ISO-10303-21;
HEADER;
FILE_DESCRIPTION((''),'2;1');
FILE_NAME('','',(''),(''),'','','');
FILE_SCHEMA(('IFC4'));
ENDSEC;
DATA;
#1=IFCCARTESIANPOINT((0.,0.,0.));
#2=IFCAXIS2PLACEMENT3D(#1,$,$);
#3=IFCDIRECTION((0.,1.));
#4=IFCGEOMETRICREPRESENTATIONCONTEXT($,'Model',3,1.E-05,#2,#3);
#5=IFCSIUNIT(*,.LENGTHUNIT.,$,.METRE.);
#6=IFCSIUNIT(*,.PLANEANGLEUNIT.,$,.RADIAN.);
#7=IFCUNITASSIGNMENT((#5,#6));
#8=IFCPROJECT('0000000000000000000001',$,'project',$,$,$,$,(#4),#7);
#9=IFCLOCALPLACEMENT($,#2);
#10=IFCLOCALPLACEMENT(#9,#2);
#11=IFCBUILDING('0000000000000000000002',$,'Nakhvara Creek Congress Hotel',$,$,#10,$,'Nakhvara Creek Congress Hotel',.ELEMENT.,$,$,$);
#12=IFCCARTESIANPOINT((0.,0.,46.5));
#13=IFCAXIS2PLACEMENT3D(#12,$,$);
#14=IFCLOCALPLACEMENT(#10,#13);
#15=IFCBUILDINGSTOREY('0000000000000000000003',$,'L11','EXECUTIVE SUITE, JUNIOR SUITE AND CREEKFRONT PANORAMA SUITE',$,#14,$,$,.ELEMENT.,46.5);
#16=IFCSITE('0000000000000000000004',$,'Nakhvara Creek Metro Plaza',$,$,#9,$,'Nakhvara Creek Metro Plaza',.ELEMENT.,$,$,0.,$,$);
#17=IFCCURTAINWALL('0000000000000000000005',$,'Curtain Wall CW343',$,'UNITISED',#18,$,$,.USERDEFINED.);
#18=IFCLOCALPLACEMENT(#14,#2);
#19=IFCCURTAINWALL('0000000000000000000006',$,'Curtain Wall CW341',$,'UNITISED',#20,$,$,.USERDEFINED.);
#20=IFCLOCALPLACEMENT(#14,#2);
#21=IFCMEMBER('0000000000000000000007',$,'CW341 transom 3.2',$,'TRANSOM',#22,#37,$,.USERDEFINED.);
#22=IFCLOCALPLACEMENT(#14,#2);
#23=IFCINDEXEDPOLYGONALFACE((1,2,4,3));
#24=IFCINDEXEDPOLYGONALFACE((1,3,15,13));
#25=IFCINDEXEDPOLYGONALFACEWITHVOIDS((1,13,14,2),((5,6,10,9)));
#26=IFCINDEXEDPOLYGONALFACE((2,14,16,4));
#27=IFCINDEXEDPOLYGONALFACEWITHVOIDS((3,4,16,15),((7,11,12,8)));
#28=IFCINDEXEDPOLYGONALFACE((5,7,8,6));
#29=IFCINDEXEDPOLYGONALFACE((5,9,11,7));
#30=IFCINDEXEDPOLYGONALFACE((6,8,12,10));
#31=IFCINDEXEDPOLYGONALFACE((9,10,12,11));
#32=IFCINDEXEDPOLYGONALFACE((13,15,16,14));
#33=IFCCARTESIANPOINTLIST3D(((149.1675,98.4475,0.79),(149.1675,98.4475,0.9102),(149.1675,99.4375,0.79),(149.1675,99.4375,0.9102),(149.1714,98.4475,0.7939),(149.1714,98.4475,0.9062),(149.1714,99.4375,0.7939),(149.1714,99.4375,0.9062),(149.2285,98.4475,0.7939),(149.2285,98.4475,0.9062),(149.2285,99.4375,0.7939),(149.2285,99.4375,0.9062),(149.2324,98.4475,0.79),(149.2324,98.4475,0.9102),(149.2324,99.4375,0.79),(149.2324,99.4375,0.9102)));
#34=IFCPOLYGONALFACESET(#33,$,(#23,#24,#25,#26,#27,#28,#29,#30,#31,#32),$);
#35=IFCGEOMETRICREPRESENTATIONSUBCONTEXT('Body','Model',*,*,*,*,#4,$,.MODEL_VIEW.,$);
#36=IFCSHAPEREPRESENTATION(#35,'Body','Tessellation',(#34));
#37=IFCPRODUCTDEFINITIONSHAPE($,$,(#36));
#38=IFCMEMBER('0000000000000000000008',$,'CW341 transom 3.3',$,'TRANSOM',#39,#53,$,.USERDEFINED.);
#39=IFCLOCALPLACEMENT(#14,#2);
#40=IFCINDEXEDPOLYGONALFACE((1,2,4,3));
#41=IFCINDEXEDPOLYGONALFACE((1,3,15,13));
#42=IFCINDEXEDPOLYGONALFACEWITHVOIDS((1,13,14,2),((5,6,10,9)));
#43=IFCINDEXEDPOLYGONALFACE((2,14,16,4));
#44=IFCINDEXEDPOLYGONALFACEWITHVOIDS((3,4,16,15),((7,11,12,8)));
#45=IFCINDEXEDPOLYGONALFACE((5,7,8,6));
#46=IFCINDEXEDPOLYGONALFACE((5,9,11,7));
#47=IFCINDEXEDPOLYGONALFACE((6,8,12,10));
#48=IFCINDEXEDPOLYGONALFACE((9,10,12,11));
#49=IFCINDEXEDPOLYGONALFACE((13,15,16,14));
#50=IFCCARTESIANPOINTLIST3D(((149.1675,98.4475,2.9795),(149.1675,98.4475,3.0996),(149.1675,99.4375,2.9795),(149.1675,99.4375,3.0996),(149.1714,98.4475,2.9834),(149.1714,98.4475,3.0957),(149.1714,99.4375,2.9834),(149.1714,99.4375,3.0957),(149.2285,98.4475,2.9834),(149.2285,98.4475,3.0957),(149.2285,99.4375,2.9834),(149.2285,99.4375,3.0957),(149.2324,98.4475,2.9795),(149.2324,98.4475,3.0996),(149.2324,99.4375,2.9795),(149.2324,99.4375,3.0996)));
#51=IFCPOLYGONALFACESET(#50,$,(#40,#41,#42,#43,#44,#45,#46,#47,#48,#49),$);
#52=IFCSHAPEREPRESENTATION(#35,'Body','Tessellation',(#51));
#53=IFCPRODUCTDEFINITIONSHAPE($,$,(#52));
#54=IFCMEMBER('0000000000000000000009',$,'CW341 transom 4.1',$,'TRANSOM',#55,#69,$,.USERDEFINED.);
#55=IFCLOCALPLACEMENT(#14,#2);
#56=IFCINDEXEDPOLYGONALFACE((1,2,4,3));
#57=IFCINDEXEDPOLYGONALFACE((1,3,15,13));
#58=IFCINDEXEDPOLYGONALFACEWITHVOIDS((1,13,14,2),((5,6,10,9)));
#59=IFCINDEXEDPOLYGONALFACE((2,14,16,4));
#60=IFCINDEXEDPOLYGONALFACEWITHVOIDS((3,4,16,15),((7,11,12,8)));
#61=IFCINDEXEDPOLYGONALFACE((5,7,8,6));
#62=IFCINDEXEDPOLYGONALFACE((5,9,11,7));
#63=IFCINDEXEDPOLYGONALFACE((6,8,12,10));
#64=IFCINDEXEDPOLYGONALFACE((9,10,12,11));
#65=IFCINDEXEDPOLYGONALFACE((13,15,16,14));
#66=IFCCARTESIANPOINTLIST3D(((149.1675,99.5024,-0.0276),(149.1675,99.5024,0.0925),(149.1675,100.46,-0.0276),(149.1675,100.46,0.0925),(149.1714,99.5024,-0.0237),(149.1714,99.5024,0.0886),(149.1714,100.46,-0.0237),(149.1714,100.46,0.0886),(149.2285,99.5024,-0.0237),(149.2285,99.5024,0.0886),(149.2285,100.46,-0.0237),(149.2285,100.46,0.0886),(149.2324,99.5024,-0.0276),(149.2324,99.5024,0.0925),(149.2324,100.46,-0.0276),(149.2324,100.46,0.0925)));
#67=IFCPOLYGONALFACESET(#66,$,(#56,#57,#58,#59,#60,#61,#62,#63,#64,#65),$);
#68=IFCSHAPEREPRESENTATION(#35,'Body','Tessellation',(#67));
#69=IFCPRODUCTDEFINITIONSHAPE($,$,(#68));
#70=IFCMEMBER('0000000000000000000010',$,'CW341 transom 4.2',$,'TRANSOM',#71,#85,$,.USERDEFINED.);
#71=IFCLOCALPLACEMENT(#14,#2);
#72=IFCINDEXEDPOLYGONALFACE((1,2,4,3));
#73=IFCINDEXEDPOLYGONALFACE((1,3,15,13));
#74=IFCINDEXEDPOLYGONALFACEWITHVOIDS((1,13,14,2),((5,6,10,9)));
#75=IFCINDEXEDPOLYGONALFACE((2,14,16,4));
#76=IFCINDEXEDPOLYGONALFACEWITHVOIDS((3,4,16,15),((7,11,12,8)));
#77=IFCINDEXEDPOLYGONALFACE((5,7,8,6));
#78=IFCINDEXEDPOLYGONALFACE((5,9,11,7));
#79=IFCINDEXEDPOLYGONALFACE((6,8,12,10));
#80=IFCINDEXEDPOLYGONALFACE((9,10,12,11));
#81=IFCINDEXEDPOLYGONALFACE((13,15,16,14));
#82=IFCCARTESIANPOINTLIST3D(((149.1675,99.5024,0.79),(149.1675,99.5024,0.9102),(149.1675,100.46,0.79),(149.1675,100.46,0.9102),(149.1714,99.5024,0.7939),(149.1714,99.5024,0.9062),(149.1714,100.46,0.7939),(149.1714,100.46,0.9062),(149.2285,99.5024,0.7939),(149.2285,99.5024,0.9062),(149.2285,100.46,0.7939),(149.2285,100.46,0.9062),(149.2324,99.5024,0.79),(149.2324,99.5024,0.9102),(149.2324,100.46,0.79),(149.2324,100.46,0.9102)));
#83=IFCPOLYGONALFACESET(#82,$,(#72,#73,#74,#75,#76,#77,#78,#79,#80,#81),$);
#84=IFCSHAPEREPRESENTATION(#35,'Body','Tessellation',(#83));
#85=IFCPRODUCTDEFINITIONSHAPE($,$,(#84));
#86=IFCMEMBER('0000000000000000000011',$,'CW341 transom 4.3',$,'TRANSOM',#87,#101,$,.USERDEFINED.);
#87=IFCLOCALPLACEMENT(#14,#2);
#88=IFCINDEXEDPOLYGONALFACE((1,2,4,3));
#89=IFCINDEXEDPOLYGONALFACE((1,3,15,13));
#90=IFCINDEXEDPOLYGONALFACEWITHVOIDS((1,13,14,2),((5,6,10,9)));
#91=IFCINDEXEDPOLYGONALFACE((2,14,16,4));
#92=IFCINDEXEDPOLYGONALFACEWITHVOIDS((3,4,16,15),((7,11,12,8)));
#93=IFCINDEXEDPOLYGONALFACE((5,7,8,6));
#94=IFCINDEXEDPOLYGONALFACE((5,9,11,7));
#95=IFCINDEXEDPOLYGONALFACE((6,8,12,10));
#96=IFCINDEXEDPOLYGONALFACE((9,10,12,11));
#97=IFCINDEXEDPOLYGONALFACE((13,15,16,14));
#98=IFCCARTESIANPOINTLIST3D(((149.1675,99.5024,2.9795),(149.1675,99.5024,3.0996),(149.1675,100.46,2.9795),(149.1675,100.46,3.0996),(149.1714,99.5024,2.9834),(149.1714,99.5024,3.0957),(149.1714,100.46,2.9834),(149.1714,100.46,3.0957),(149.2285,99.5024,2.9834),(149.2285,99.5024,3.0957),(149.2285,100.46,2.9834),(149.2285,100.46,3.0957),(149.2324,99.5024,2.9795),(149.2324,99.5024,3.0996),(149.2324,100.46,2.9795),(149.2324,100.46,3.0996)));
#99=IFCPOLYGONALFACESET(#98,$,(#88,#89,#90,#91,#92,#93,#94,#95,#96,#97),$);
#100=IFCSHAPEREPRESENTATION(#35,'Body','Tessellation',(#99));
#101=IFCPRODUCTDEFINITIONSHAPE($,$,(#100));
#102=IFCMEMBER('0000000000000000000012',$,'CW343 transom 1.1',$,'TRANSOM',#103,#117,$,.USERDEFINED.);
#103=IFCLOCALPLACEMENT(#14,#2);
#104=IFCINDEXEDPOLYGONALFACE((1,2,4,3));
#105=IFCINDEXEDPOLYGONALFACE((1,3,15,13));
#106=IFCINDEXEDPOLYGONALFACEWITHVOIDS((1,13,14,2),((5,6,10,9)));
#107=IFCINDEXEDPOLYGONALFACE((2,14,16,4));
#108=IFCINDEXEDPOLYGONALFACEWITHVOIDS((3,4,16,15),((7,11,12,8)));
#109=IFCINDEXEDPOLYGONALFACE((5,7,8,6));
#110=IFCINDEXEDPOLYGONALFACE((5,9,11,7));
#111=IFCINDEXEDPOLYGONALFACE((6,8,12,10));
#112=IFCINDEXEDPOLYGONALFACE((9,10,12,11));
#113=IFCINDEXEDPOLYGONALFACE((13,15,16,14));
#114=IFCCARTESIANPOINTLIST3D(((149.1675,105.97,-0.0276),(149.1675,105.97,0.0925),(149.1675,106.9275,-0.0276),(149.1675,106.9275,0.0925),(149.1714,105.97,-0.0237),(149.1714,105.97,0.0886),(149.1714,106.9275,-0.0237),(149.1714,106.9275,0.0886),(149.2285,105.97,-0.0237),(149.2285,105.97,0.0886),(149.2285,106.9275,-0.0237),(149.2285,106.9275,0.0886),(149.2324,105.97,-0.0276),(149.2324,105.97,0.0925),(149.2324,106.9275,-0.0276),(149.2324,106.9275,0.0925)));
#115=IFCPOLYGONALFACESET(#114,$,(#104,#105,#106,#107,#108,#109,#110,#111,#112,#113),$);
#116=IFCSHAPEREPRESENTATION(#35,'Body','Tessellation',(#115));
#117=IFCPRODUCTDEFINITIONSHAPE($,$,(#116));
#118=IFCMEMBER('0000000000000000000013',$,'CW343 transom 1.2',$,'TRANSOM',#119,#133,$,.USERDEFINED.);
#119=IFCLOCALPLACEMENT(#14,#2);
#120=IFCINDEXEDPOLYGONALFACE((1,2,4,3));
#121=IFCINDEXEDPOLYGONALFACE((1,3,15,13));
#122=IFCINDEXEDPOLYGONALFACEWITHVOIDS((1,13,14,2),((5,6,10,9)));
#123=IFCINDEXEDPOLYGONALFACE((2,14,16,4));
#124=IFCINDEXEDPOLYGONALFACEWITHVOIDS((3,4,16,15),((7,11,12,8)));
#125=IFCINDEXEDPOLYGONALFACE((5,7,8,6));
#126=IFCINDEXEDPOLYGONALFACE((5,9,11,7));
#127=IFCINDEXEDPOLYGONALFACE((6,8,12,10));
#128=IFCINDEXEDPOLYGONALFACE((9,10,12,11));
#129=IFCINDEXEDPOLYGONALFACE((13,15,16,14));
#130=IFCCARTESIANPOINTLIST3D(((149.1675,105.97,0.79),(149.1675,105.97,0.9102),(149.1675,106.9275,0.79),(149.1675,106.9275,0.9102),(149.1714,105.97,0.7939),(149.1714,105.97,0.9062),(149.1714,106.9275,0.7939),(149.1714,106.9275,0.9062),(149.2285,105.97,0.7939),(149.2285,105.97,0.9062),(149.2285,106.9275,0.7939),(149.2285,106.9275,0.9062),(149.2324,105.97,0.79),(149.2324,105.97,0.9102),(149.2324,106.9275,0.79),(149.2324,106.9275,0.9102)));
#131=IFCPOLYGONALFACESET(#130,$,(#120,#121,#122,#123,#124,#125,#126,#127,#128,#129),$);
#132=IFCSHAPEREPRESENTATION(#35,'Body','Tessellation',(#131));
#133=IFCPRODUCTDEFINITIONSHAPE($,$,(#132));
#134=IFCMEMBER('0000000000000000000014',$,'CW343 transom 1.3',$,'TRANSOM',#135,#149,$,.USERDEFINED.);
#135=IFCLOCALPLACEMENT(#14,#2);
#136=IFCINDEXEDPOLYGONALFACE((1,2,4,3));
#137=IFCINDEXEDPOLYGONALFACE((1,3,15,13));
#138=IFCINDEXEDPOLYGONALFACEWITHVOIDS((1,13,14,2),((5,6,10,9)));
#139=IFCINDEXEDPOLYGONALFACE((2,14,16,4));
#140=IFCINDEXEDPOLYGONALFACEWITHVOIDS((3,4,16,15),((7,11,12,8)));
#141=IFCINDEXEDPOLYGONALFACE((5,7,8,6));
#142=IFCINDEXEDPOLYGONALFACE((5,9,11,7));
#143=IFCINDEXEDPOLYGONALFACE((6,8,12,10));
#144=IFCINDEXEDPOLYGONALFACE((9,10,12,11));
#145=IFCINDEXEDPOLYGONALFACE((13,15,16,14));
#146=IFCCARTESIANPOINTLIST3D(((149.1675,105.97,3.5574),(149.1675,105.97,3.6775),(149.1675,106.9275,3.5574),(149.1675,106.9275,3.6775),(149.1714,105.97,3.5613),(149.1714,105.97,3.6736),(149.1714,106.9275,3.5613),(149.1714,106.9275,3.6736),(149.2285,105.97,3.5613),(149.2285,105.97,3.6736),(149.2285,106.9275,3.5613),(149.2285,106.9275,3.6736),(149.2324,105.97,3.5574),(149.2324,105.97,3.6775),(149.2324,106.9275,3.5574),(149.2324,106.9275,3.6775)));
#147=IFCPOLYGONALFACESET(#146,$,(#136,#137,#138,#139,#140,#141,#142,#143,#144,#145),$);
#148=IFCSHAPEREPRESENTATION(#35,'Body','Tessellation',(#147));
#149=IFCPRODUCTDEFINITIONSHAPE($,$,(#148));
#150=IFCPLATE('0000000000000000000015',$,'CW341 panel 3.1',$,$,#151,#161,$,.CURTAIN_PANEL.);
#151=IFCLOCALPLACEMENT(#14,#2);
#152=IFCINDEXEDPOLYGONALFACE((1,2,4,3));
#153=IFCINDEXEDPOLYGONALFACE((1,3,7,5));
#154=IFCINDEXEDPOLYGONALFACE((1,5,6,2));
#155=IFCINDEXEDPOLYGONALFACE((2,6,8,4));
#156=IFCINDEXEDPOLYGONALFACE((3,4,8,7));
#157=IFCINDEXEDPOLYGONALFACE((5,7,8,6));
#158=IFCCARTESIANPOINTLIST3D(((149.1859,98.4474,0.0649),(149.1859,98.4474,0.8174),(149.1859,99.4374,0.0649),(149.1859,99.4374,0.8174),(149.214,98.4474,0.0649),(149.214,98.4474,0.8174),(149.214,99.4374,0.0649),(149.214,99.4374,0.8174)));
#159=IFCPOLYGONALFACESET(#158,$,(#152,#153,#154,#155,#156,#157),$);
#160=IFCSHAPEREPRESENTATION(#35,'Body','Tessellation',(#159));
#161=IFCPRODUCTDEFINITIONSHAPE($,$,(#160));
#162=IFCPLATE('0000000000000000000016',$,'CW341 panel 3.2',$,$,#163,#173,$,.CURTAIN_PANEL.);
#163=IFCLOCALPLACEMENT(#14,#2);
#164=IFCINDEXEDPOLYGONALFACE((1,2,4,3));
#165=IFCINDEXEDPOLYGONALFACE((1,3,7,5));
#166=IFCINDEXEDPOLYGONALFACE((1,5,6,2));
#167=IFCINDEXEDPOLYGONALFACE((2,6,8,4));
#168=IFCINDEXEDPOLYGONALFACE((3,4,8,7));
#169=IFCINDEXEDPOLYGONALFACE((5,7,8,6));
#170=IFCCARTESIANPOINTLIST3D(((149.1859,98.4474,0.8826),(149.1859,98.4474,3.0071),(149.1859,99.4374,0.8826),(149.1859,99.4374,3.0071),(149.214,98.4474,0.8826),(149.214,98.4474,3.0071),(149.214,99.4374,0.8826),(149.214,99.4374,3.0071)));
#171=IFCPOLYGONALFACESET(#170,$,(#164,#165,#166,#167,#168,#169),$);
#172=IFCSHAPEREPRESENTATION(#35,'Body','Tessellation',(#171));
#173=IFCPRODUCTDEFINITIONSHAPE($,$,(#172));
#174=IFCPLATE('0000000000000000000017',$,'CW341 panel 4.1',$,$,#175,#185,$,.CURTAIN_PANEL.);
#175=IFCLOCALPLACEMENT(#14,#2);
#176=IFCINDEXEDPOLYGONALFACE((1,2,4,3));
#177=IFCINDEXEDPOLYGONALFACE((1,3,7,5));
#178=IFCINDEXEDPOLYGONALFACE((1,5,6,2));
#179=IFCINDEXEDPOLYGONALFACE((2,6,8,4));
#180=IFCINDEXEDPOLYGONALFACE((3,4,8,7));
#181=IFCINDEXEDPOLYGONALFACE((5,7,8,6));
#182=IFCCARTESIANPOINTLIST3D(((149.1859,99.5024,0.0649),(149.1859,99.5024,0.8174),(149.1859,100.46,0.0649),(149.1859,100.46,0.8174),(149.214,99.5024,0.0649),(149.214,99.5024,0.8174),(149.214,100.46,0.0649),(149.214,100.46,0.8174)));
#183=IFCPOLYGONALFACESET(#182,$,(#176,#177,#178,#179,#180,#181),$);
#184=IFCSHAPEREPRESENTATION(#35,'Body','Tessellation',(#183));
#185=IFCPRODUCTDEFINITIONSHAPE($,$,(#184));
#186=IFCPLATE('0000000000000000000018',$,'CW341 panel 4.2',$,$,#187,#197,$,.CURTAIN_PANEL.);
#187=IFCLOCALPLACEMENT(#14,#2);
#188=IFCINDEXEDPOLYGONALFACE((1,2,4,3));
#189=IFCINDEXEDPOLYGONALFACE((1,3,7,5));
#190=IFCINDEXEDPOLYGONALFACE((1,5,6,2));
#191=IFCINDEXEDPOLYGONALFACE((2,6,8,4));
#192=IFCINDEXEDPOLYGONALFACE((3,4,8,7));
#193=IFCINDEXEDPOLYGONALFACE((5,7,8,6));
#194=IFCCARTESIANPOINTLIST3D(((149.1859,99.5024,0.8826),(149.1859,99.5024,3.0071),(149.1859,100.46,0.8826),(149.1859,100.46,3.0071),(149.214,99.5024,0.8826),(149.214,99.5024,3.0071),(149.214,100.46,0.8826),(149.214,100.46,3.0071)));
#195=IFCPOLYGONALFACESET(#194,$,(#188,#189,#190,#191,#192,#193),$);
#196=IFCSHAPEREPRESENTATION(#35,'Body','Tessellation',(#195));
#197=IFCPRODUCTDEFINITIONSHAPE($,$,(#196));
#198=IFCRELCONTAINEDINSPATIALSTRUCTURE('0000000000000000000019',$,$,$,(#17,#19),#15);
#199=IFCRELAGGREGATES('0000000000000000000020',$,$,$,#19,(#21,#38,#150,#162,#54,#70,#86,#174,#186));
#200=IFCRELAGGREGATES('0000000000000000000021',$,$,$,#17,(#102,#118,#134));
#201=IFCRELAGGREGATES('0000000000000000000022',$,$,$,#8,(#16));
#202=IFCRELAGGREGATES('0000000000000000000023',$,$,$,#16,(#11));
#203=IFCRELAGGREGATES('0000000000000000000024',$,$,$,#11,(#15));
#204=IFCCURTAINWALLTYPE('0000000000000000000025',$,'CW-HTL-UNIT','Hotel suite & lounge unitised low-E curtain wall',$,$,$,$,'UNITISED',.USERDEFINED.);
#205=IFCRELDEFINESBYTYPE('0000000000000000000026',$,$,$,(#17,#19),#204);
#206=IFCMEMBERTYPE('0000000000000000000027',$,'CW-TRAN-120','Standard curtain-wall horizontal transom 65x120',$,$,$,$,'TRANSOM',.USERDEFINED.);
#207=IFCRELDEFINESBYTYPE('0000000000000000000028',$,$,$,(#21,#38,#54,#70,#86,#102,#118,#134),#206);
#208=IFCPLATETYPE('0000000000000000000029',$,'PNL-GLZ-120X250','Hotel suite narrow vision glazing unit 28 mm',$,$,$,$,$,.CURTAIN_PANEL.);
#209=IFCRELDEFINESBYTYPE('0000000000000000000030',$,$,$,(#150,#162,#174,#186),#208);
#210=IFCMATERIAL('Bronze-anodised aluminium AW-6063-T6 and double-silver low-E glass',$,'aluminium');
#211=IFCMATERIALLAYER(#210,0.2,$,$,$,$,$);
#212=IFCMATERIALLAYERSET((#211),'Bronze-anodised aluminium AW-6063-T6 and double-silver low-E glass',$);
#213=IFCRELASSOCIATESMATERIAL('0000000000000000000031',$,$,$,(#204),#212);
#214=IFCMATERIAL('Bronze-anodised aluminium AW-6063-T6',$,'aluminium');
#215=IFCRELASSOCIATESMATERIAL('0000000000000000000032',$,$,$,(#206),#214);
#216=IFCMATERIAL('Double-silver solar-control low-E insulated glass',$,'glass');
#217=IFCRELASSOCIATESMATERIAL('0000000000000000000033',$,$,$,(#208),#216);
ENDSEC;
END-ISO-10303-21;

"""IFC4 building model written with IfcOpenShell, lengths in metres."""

from ifc_helpers import new_model, si_unit, direction, frame, origin, origin_2d, place, context, subcontext, project, spatial, rectangle, hollow_rectangle, extrude, material, layer, layer_set, material_profile, profile_set, type_object, element, aggregate, save


model = new_model("IFC4")

# Units and contexts
model_context = context("Model", 3, precision=1e-05, world=origin(), true_north=direction((0.0, 1.0)))
body_context = subcontext(model_context, "Body", "Model", "MODEL_VIEW")
ifc_project = project(units=[si_unit("LENGTHUNIT", "METRE"), si_unit("PLANEANGLEUNIT", "RADIAN")], contexts=[model_context])

# Site, building, storey
site_placement = place(None, origin())
site = spatial("IfcSite", under=ifc_project, at=site_placement, Name="Nakhvara Creek Metro Plaza", LongName="Nakhvara Creek Metro Plaza", CompositionType="ELEMENT", RefElevation=0.0)
building_placement = place(site_placement, origin())
building = spatial("IfcBuilding", under=site, at=building_placement, Name="Nakhvara Creek Congress Hotel", LongName="Nakhvara Creek Congress Hotel", CompositionType="ELEMENT")
storey_placement = place(building_placement, frame((0.0, 0.0, 46.5)))
storey = spatial("IfcBuildingStorey", under=building, at=storey_placement, Name="L11", Description="EXECUTIVE SUITE, JUNIOR SUITE AND CREEKFRONT PANORAMA SUITE", CompositionType="ELEMENT", Elevation=46.5)

# Curtain wall
ifc_material_1 = material(Name="Bronze-anodised aluminium AW-6063-T6 and double-silver low-E glass", Category="aluminium")
ifc_layer_1 = layer(ifc_material_1, 0.2)
ifc_layer_set_1 = layer_set([ifc_layer_1], Name="Bronze-anodised aluminium AW-6063-T6 and double-silver low-E glass")
curtain_wall_type = type_object("IfcCurtainWallType", Name="CW-HTL-UNIT", Description="Hotel suite & lounge unitised low-E curtain wall", ElementType="UNITISED", PredefinedType="USERDEFINED", material=ifc_layer_set_1)
curtain_wall_1_placement = place(storey_placement, origin())
curtain_wall_1 = element("IfcCurtainWall", 1, at=curtain_wall_1_placement, inside=storey, type_object=curtain_wall_type, Name="Curtain Wall CW343", ObjectType="UNITISED", PredefinedType="USERDEFINED")
ifc_material_2 = material(Name="Bronze-anodised aluminium AW-6063-T6", Category="aluminium")

# Curtain wall, members
curtain_wall_2_placement = place(storey_placement, origin())
curtain_wall_2 = element("IfcCurtainWall", 2, at=curtain_wall_2_placement, inside=storey, type_object=curtain_wall_type, Name="Curtain Wall CW341", ObjectType="UNITISED", PredefinedType="USERDEFINED")
ifc_material_profile_1 = material_profile(ifc_material_2, hollow_rectangle(XDim=0.0649, YDim=0.1201, WallThickness=0.0039, at=origin_2d()), Name="ALU-TRAN 65x120x4", Category="LoadBearing")
ifc_profile_set_1 = profile_set([ifc_material_profile_1], Name="Bronze-anodised aluminium AW-6063-T6")
member_type_1 = type_object("IfcMemberType", Name="CW-TRAN-120", Description="Standard curtain-wall horizontal transom 65x120", ElementType="TRANSOM", PredefinedType="USERDEFINED", material=ifc_profile_set_1)
member_1_placement = place(storey_placement, frame((149.2, 98.4475, 0.8501), z_axis=(0.0, 1.0, 0.0), x_axis=(-1.0, 0.0, 0.0)))
member_1 = element("IfcMember", 3, at=member_1_placement, type_object=member_type_1, Name="CW341 transom 3.2", ObjectType="TRANSOM", PredefinedType="USERDEFINED", context=body_context, shape_type="SweptSolid", body=[
    extrude(hollow_rectangle(XDim=0.0649, YDim=0.1201, WallThickness=0.0039, at=origin_2d()), origin(), (0.0, 0.0, 1.0), 0.99),
])
member_2_placement = place(storey_placement, frame((149.2, 98.4475, 3.0396), z_axis=(0.0, 1.0, 0.0), x_axis=(-1.0, 0.0, 0.0)))
member_2 = element("IfcMember", 4, at=member_2_placement, type_object=member_type_1, Name="CW341 transom 3.3", ObjectType="TRANSOM", PredefinedType="USERDEFINED", context=body_context, shape_type="SweptSolid", body=[
    extrude(hollow_rectangle(XDim=0.0649, YDim=0.1201, WallThickness=0.0039, at=origin_2d()), origin(), (0.0, 0.0, 1.0), 0.99),
])
member_3_placement = place(storey_placement, frame((149.2, 99.5024, 0.0325), z_axis=(0.0, 1.0, 0.0), x_axis=(-1.0, 0.0, 0.0)))
member_3 = element("IfcMember", 5, at=member_3_placement, type_object=member_type_1, Name="CW341 transom 4.1", ObjectType="TRANSOM", PredefinedType="USERDEFINED", context=body_context, shape_type="SweptSolid", body=[
    extrude(hollow_rectangle(XDim=0.0649, YDim=0.1201, WallThickness=0.0039, at=origin_2d()), origin(), (0.0, 0.0, 1.0), 0.9575),
])
member_4_placement = place(storey_placement, frame((149.2, 99.5024, 0.8501), z_axis=(0.0, 1.0, 0.0), x_axis=(-1.0, 0.0, 0.0)))
member_4 = element("IfcMember", 6, at=member_4_placement, type_object=member_type_1, Name="CW341 transom 4.2", ObjectType="TRANSOM", PredefinedType="USERDEFINED", context=body_context, shape_type="SweptSolid", body=[
    extrude(hollow_rectangle(XDim=0.0649, YDim=0.1201, WallThickness=0.0039, at=origin_2d()), origin(), (0.0, 0.0, 1.0), 0.9575),
])
member_5_placement = place(storey_placement, frame((149.2, 99.5024, 3.0396), z_axis=(0.0, 1.0, 0.0), x_axis=(-1.0, 0.0, 0.0)))
member_5 = element("IfcMember", 7, at=member_5_placement, type_object=member_type_1, Name="CW341 transom 4.3", ObjectType="TRANSOM", PredefinedType="USERDEFINED", context=body_context, shape_type="SweptSolid", body=[
    extrude(hollow_rectangle(XDim=0.0649, YDim=0.1201, WallThickness=0.0039, at=origin_2d()), origin(), (0.0, 0.0, 1.0), 0.9575),
])

# Members
member_6_placement = place(storey_placement, frame((149.2, 105.97, 0.0325), z_axis=(0.0, 1.0, 0.0), x_axis=(-1.0, 0.0, 0.0)))
member_6 = element("IfcMember", 8, at=member_6_placement, type_object=member_type_1, Name="CW343 transom 1.1", ObjectType="TRANSOM", PredefinedType="USERDEFINED", context=body_context, shape_type="SweptSolid", body=[
    extrude(hollow_rectangle(XDim=0.0649, YDim=0.1201, WallThickness=0.0039, at=origin_2d()), origin(), (0.0, 0.0, 1.0), 0.9575),
])
member_7_placement = place(storey_placement, frame((149.2, 105.97, 0.8501), z_axis=(0.0, 1.0, 0.0), x_axis=(-1.0, 0.0, 0.0)))
member_7 = element("IfcMember", 9, at=member_7_placement, type_object=member_type_1, Name="CW343 transom 1.2", ObjectType="TRANSOM", PredefinedType="USERDEFINED", context=body_context, shape_type="SweptSolid", body=[
    extrude(hollow_rectangle(XDim=0.0649, YDim=0.1201, WallThickness=0.0039, at=origin_2d()), origin(), (0.0, 0.0, 1.0), 0.9575),
])
member_8_placement = place(storey_placement, frame((149.2, 105.97, 3.6174), z_axis=(0.0, 1.0, 0.0), x_axis=(-1.0, 0.0, 0.0)))
member_8 = element("IfcMember", 10, at=member_8_placement, type_object=member_type_1, Name="CW343 transom 1.3", ObjectType="TRANSOM", PredefinedType="USERDEFINED", context=body_context, shape_type="SweptSolid", body=[
    extrude(hollow_rectangle(XDim=0.0649, YDim=0.1201, WallThickness=0.0039, at=origin_2d()), origin(), (0.0, 0.0, 1.0), 0.9575),
])

# Plates
ifc_material_3 = material(Name="Double-silver solar-control low-E insulated glass", Category="glass")
plate_type = type_object("IfcPlateType", Name="PNL-GLZ-120X250", Description="Hotel suite narrow vision glazing unit 28 mm", PredefinedType="CURTAIN_PANEL", material=ifc_material_3)
plate_1_placement = place(storey_placement, frame((149.2, 98.9424, 0.0649), z_axis=(0.0, 0.0, 1.0), x_axis=(0.0, 1.0, 0.0)))
plate_1 = element("IfcPlate", 11, at=plate_1_placement, type_object=plate_type, Name="CW341 panel 3.1", PredefinedType="CURTAIN_PANEL", context=body_context, shape_type="SweptSolid", body=[
    extrude(rectangle(XDim=0.99, YDim=0.0281, at=origin_2d()), origin(), (0.0, 0.0, 1.0), 0.7524),
])
plate_2_placement = place(storey_placement, frame((149.2, 98.9424, 0.8826), z_axis=(0.0, 0.0, 1.0), x_axis=(0.0, 1.0, 0.0)))
plate_2 = element("IfcPlate", 12, at=plate_2_placement, type_object=plate_type, Name="CW341 panel 3.2", PredefinedType="CURTAIN_PANEL", context=body_context, shape_type="SweptSolid", body=[
    extrude(rectangle(XDim=0.99, YDim=0.0281, at=origin_2d()), origin(), (0.0, 0.0, 1.0), 2.1245),
])
plate_3_placement = place(storey_placement, frame((149.2, 99.9812, 0.0649), z_axis=(0.0, 0.0, 1.0), x_axis=(0.0, 1.0, 0.0)))
plate_3 = element("IfcPlate", 13, at=plate_3_placement, type_object=plate_type, Name="CW341 panel 4.1", PredefinedType="CURTAIN_PANEL", context=body_context, shape_type="SweptSolid", body=[
    extrude(rectangle(XDim=0.9575, YDim=0.0281, at=origin_2d()), origin(), (0.0, 0.0, 1.0), 0.7524),
])
plate_4_placement = place(storey_placement, frame((149.2, 99.9812, 0.8826), z_axis=(0.0, 0.0, 1.0), x_axis=(0.0, 1.0, 0.0)))
plate_4 = element("IfcPlate", 14, at=plate_4_placement, type_object=plate_type, Name="CW341 panel 4.2", PredefinedType="CURTAIN_PANEL", context=body_context, shape_type="SweptSolid", body=[
    extrude(rectangle(XDim=0.9575, YDim=0.0281, at=origin_2d()), origin(), (0.0, 0.0, 1.0), 2.1245),
])
aggregate(curtain_wall_2, [member_1, member_2, plate_1, plate_2, member_3, member_4, member_5, plate_3, plate_4])
aggregate(curtain_wall_1, [member_6, member_7, member_8])

save(model, "model.ifc")
